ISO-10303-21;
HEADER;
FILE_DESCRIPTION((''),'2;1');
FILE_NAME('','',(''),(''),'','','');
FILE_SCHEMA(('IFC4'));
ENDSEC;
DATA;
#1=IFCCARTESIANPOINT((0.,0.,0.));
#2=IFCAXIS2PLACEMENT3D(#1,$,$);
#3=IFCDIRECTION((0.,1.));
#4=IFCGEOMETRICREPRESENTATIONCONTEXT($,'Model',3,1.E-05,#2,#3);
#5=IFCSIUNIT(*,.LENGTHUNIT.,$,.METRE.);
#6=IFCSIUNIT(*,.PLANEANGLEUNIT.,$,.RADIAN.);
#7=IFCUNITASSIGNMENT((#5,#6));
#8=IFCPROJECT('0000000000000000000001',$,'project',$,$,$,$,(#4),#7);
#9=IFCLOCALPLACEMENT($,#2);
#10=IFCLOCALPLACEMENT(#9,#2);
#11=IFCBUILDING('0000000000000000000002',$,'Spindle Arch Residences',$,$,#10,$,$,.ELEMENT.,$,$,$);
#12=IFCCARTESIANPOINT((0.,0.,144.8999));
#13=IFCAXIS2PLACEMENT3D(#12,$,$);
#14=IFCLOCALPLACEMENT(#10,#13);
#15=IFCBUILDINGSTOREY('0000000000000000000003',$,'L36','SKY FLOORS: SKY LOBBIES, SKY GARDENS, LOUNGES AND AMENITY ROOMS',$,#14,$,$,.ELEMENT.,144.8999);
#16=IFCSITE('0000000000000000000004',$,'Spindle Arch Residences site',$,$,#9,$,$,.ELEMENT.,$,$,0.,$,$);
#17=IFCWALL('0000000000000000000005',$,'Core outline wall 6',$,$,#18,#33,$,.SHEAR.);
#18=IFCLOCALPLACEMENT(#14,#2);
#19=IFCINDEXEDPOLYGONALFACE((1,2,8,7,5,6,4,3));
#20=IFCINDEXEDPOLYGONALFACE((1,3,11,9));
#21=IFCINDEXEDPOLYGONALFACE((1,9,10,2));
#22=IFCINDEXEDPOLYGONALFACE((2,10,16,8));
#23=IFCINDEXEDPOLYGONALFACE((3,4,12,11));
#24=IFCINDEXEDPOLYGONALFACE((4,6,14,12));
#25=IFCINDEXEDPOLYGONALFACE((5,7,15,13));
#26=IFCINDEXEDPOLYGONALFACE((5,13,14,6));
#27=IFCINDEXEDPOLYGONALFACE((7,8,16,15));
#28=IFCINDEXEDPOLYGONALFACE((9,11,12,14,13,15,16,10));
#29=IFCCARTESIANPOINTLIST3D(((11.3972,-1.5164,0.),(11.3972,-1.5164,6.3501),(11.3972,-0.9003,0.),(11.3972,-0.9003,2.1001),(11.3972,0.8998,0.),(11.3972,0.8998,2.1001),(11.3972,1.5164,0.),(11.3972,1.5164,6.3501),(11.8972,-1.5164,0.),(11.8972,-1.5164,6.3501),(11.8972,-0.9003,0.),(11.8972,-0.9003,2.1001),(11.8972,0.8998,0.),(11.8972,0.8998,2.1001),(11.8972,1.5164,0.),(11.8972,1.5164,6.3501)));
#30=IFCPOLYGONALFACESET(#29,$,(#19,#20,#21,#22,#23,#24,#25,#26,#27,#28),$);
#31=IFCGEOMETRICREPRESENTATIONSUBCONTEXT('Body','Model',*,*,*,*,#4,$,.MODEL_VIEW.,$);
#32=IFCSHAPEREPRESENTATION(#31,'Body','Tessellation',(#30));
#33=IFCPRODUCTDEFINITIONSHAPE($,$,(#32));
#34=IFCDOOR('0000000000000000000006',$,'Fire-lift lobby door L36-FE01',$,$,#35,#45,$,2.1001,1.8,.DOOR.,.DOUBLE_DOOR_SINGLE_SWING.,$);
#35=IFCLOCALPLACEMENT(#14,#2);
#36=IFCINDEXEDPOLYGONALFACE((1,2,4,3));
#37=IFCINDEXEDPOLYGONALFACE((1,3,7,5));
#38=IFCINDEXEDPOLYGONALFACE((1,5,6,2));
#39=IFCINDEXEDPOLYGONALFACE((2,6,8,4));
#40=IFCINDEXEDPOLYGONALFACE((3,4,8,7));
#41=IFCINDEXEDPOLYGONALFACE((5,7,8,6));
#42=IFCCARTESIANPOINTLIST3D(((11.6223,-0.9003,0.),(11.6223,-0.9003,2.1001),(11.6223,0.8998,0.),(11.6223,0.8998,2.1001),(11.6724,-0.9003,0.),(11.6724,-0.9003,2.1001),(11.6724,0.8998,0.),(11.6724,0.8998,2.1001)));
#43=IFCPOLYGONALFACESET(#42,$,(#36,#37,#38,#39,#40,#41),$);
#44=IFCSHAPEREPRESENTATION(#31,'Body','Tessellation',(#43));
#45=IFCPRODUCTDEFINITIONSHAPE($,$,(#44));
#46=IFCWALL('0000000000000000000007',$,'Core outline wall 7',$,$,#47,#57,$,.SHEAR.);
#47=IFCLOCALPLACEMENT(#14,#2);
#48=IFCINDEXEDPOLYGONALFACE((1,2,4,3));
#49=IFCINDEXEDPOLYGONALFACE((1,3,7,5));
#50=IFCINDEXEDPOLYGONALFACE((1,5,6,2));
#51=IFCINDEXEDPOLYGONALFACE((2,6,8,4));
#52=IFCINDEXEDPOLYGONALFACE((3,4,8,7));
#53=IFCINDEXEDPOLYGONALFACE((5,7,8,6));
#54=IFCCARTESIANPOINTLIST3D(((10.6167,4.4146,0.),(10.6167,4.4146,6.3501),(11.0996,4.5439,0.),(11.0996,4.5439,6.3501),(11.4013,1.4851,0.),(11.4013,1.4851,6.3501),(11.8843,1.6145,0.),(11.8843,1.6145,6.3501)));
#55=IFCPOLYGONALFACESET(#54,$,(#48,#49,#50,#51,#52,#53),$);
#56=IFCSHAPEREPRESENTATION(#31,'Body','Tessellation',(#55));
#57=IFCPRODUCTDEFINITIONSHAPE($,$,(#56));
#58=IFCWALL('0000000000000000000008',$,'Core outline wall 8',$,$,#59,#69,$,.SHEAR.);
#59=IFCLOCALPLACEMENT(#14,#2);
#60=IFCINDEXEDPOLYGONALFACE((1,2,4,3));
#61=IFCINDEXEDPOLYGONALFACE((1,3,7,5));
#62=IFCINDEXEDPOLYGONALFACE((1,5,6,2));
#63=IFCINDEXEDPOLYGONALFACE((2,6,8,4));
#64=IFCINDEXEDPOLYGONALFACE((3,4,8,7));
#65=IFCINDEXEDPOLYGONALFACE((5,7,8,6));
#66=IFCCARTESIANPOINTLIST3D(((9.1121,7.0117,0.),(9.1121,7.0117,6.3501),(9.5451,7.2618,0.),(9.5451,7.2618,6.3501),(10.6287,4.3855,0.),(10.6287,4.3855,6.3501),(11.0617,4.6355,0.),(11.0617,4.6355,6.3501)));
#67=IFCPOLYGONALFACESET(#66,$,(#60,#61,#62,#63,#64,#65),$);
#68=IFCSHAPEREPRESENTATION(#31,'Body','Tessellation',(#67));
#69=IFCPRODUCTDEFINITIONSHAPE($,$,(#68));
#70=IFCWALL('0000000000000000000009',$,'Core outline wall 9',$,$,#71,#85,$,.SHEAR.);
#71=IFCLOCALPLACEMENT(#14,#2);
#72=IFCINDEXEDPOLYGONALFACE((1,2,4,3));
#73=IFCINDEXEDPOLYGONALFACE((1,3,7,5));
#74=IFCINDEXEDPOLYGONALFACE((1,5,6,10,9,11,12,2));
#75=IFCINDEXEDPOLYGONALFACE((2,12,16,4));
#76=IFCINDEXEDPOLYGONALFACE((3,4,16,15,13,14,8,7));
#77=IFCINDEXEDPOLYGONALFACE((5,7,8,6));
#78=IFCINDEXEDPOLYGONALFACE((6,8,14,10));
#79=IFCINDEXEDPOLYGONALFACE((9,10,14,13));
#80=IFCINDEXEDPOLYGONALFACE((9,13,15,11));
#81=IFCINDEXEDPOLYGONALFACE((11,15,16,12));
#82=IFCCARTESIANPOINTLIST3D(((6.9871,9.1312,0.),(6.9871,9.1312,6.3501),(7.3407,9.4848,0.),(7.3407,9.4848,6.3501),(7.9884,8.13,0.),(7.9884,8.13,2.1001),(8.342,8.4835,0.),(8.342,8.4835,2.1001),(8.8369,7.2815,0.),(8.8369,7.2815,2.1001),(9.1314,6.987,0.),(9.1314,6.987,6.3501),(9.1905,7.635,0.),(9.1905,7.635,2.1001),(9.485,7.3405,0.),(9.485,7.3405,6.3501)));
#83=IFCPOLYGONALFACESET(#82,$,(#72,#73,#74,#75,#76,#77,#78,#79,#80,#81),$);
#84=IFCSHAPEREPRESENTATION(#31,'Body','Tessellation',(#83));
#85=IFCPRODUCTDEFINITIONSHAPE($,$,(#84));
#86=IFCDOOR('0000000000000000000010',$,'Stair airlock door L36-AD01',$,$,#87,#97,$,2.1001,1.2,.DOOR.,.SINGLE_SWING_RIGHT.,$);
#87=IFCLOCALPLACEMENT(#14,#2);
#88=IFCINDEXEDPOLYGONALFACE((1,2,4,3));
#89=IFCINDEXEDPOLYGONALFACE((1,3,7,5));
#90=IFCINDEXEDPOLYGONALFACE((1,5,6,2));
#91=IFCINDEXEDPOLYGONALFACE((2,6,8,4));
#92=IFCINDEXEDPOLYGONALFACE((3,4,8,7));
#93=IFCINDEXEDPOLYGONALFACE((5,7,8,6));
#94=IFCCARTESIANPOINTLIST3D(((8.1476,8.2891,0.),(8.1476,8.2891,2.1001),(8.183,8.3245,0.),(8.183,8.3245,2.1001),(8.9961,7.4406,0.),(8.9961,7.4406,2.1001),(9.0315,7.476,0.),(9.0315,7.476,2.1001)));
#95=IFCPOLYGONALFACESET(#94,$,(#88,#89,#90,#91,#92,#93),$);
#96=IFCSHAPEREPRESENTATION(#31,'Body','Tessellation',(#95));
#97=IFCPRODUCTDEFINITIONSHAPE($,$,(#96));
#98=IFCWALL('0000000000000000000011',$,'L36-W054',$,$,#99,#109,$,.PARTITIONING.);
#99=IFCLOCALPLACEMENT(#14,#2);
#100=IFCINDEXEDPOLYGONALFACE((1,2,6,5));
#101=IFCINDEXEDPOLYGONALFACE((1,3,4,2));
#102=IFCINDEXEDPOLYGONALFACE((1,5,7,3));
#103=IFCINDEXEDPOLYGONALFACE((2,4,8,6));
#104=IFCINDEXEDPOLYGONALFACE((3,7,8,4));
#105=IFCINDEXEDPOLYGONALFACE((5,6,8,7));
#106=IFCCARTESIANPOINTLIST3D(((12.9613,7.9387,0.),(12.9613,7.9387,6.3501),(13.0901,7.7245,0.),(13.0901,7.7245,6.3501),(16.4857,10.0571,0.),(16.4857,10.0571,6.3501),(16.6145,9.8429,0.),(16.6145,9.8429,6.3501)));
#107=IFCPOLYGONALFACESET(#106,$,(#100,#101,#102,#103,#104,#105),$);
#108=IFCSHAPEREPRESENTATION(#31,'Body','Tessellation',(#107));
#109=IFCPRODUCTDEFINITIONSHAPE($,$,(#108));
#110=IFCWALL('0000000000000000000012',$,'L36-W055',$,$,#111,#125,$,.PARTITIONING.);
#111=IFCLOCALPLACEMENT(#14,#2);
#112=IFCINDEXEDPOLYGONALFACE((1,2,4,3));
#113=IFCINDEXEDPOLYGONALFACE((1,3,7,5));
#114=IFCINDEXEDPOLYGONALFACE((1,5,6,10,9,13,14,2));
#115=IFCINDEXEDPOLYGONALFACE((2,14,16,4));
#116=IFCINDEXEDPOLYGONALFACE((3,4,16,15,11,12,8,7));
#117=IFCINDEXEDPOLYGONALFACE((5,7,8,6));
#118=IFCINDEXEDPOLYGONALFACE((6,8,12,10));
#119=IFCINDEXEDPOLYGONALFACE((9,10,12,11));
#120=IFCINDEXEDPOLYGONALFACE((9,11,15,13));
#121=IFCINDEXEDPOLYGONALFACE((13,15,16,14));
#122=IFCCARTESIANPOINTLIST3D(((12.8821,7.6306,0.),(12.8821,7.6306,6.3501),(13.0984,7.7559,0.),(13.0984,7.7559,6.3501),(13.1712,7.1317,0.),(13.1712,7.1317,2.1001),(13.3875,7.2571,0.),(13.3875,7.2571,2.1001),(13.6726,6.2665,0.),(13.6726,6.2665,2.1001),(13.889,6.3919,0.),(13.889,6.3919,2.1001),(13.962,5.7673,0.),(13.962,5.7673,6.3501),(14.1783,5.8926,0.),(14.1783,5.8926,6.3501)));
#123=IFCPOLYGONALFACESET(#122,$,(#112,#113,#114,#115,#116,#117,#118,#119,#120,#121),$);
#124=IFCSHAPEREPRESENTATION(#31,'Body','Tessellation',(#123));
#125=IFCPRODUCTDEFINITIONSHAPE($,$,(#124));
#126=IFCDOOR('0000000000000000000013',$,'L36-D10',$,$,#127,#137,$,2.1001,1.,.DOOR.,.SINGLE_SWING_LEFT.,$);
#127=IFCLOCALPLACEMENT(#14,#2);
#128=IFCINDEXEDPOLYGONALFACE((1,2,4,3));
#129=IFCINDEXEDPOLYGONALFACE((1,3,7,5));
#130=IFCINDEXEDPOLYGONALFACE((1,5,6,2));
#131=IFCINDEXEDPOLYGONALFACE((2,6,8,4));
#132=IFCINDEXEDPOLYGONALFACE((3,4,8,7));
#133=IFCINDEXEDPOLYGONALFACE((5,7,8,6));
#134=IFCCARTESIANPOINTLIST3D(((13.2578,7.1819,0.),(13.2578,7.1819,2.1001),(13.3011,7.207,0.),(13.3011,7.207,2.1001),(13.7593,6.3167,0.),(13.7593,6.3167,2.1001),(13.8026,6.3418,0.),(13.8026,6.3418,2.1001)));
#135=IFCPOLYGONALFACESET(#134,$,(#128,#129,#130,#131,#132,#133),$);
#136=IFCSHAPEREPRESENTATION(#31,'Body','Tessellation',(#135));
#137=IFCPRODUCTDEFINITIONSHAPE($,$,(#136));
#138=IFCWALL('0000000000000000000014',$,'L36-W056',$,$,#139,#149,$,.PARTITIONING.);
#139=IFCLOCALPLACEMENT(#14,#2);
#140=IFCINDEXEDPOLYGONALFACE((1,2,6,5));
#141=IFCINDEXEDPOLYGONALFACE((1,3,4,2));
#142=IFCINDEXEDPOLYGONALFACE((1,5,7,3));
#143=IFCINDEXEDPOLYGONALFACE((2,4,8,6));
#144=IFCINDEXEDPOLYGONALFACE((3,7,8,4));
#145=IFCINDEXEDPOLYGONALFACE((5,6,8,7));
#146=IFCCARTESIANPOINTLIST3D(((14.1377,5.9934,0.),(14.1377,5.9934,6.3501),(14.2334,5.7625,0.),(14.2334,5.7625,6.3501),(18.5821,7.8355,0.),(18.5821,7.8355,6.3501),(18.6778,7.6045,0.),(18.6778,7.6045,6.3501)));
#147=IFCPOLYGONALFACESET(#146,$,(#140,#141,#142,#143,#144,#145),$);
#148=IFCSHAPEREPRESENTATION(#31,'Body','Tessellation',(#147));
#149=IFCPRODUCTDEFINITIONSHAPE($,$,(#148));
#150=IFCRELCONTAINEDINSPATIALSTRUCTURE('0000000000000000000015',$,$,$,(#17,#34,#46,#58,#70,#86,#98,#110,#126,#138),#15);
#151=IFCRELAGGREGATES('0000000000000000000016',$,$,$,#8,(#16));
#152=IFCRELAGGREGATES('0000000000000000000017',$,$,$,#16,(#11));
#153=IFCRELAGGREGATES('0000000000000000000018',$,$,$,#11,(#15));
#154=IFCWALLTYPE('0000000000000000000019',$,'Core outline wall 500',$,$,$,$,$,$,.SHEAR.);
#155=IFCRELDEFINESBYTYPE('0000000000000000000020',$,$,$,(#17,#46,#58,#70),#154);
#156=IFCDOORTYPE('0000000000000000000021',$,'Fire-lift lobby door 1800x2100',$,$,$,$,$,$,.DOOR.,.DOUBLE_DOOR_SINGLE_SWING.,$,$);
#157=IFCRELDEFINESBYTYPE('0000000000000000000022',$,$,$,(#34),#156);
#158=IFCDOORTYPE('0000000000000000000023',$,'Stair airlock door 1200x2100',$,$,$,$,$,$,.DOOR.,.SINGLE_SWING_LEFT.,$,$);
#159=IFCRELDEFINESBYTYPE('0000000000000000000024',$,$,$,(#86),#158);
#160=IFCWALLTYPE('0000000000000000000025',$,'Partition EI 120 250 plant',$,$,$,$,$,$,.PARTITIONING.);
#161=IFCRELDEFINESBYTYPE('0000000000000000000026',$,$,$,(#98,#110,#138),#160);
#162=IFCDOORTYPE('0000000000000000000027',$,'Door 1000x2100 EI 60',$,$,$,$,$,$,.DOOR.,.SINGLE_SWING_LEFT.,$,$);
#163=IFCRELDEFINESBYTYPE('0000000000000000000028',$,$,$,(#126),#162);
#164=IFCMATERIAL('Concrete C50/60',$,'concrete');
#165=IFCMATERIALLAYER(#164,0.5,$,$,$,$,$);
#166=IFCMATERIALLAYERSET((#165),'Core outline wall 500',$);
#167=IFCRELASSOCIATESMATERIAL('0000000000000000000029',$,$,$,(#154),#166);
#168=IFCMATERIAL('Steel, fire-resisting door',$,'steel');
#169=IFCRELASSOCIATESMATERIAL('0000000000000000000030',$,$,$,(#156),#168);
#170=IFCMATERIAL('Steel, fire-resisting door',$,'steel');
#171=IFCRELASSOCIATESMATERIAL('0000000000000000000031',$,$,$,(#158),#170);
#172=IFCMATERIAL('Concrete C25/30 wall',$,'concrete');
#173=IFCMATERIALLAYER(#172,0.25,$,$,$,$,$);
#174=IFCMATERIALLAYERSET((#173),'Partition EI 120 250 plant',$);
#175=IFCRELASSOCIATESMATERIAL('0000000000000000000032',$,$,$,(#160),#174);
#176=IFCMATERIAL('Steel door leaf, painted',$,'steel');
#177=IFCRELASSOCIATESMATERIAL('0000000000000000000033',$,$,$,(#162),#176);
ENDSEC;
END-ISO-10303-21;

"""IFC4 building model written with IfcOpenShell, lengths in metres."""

from ifc_helpers import new_model, si_unit, direction, frame, frame_2d, origin, place, context, subcontext, project, spatial, rectangle, extrude, material, layer, layer_set, type_object, element, fill, save


model = new_model("IFC4")

# Units and contexts
model_context = context("Model", 3, precision=1e-05, world=origin(), true_north=direction((0.0, 1.0)))
body_context = subcontext(model_context, "Body", "Model", "MODEL_VIEW")
ifc_project = project(units=[si_unit("LENGTHUNIT", "METRE"), si_unit("PLANEANGLEUNIT", "RADIAN")], contexts=[model_context])

# Site, building, storey
site_placement = place(None, origin())
site = spatial("IfcSite", under=ifc_project, at=site_placement, Name="Spindle Arch Residences site", CompositionType="ELEMENT", RefElevation=0.0)
building_placement = place(site_placement, origin())
building = spatial("IfcBuilding", under=site, at=building_placement, Name="Spindle Arch Residences", CompositionType="ELEMENT")
storey_placement = place(building_placement, frame((0.0, 0.0, 144.8999)))
storey = spatial("IfcBuildingStorey", under=building, at=storey_placement, Name="L36", Description="SKY FLOORS: SKY LOBBIES, SKY GARDENS, LOUNGES AND AMENITY ROOMS", CompositionType="ELEMENT", Elevation=144.8999)

# Wall, opening, door
ifc_material_1 = material(Name="Concrete C50/60", Category="concrete")
ifc_layer_1 = layer(ifc_material_1, 0.5)
ifc_layer_set_1 = layer_set([ifc_layer_1], Name="Core outline wall 500")
wall_type_1 = type_object("IfcWallType", Name="Core outline wall 500", PredefinedType="SHEAR", material=ifc_layer_set_1)
wall_1_placement = place(storey_placement, frame((11.6472, -1.5164, 0.0), z_axis=(0.0, 0.0, 1.0), x_axis=(0.0, 1.0, 0.0)))
wall_1 = element("IfcWall", 1, at=wall_1_placement, inside=storey, type_object=wall_type_1, Name="Core outline wall 6", PredefinedType="SHEAR", context=body_context, shape_type="SweptSolid", body=[
    extrude(rectangle(XDim=3.0327, YDim=0.5, at=frame_2d((1.5164, 0.0))), origin(), (0.0, 0.0, 1.0), 6.3501),
])
opening_1_placement = place(wall_1_placement, frame((0.6162, 0.0, 0.0)))
opening_1 = element("IfcOpeningElement", 2, at=opening_1_placement, cuts=wall_1, PredefinedType="OPENING", context=body_context, shape_type="SweptSolid", body=[
    extrude(rectangle(XDim=1.8, YDim=2.1001, at=frame_2d((0.8999, 1.05))), frame((0.0, 0.26, 0.0), z_axis=(0.0, -1.0, 0.0), x_axis=(1.0, 0.0, 0.0)), (0.0, 0.0, 1.0), 0.52),
])
ifc_material_2 = material(Name="Steel, fire-resisting door", Category="steel")
door_type_1 = type_object("IfcDoorType", Name="Fire-lift lobby door 1800x2100", OperationType="DOUBLE_DOOR_SINGLE_SWING", PredefinedType="DOOR", material=ifc_material_2)
door_1_placement = place(opening_1_placement, origin())
door_1 = element("IfcDoor", 3, at=door_1_placement, inside=storey, type_object=door_type_1, Name="Fire-lift lobby door L36-FE01", OperationType="DOUBLE_DOOR_SINGLE_SWING", OverallHeight=2.1001, OverallWidth=1.8, PredefinedType="DOOR", context=body_context, shape_type="SweptSolid", body=[
    extrude(rectangle(XDim=1.8, YDim=2.1001, at=frame_2d((0.8999, 1.05))), frame((0.0, 0.0249, 0.0), z_axis=(0.0, -1.0, 0.0), x_axis=(1.0, 0.0, 0.0)), (0.0, 0.0, 1.0), 0.05),
])
fill(opening_1, door_1)

# Walls
for number, where, z_axis, x_axis, name in (
    (4, (11.6428, 1.5498, 0.0), (0.0, 0.0, 1.0), (-0.258735, 0.965948, 0.0), "Core outline wall 7"),
    (5, (10.8452, 4.5105, 0.0), (0.0, 0.0, 1.0), (-0.500087, 0.865975, 0.0), "Core outline wall 8"),
):
    element("IfcWall", number, at=place(storey_placement, frame(where, z_axis=z_axis, x_axis=x_axis)), inside=storey, type_object=wall_type_1, Name=name, PredefinedType="SHEAR", context=body_context, shape_type="SweptSolid", body=[
        extrude(rectangle(XDim=3.0327, YDim=0.5, at=frame_2d((1.5164, 0.0))), origin(), (0.0, 0.0, 1.0), 6.3501),
    ])

# Wall, opening, door
wall_2_placement = place(storey_placement, frame((9.3081, 7.1638, 0.0), z_axis=(0.0, 0.0, 1.0), x_axis=(-0.707107, 0.707107, 0.0)))
wall_2 = element("IfcWall", 6, at=wall_2_placement, inside=storey, type_object=wall_type_1, Name="Core outline wall 9", PredefinedType="SHEAR", context=body_context, shape_type="SweptSolid", body=[
    extrude(rectangle(XDim=3.0325, YDim=0.5, at=frame_2d((1.5161, 0.0))), origin(), (0.0, 0.0, 1.0), 6.3501),
])
opening_2_placement = place(wall_2_placement, frame((0.4163, 0.0, 0.0)))
opening_2 = element("IfcOpeningElement", 7, at=opening_2_placement, cuts=wall_2, PredefinedType="OPENING", context=body_context, shape_type="SweptSolid", body=[
    extrude(rectangle(XDim=1.2, YDim=2.1001, at=frame_2d((0.6001, 1.05))), frame((0.0, 0.26, 0.0), z_axis=(0.0, -1.0, 0.0), x_axis=(1.0, 0.0, 0.0)), (0.0, 0.0, 1.0), 0.52),
])
ifc_material_3 = material(Name="Steel, fire-resisting door", Category="steel")
door_type_2 = type_object("IfcDoorType", Name="Stair airlock door 1200x2100", OperationType="SINGLE_SWING_LEFT", PredefinedType="DOOR", material=ifc_material_3)
door_2_placement = place(opening_2_placement, origin())
door_2 = element("IfcDoor", 8, at=door_2_placement, inside=storey, type_object=door_type_2, Name="Stair airlock door L36-AD01", OperationType="SINGLE_SWING_RIGHT", OverallHeight=2.1001, OverallWidth=1.2, PredefinedType="DOOR", context=body_context, shape_type="SweptSolid", body=[
    extrude(rectangle(XDim=1.2, YDim=2.1001, at=frame_2d((0.6001, 1.05))), frame((0.0, 0.0249, 0.0), z_axis=(0.0, -1.0, 0.0), x_axis=(1.0, 0.0, 0.0)), (0.0, 0.0, 1.0), 0.05),
])
fill(opening_2, door_2)

# Wall
ifc_material_4 = material(Name="Concrete C25/30 wall", Category="concrete")
ifc_layer_2 = layer(ifc_material_4, 0.25)
ifc_layer_set_2 = layer_set([ifc_layer_2], Name="Partition EI 120 250 plant")
wall_type_2 = type_object("IfcWallType", Name="Partition EI 120 250 plant", PredefinedType="PARTITIONING", material=ifc_layer_set_2)
wall_3_placement = place(storey_placement, frame((13.0256, 7.8315, 0.0), z_axis=(0.0, 0.0, 1.0), x_axis=(0.857089, 0.515168, 0.0)))
element("IfcWall", 9, at=wall_3_placement, inside=storey, type_object=wall_type_2, Name="L36-W054", PredefinedType="PARTITIONING", context=body_context, shape_type="SweptSolid", body=[
    extrude(rectangle(XDim=4.1121, YDim=0.25, at=frame_2d((2.0562, 0.0))), origin(), (0.0, 0.0, 1.0), 6.3501),
])

# Wall, opening, door
wall_4_placement = place(storey_placement, frame((14.0701, 5.8301, 0.0), z_axis=(0.0, 0.0, 1.0), x_axis=(-0.501416, 0.865206, 0.0)))
wall_4 = element("IfcWall", 10, at=wall_4_placement, inside=storey, type_object=wall_type_2, Name="L36-W055", PredefinedType="PARTITIONING", context=body_context, shape_type="SweptSolid", body=[
    extrude(rectangle(XDim=2.1536, YDim=0.25, at=frame_2d((1.0767, 0.0))), origin(), (0.0, 0.0, 1.0), 6.3501),
])
opening_3_placement = place(wall_4_placement, frame((0.5769, 0.0, 0.0)))
opening_3 = element("IfcOpeningElement", 11, at=opening_3_placement, cuts=wall_4, PredefinedType="OPENING", context=body_context, shape_type="SweptSolid", body=[
    extrude(rectangle(XDim=1.0, YDim=2.1001, at=frame_2d((0.5, 1.05))), frame((0.0, 0.135, 0.0), z_axis=(0.0, -1.0, 0.0), x_axis=(1.0, 0.0, 0.0)), (0.0, 0.0, 1.0), 0.27),
])
ifc_material_5 = material(Name="Steel door leaf, painted", Category="steel")
door_type_3 = type_object("IfcDoorType", Name="Door 1000x2100 EI 60", OperationType="SINGLE_SWING_LEFT", PredefinedType="DOOR", material=ifc_material_5)
door_3_placement = place(opening_3_placement, origin())
door_3 = element("IfcDoor", 12, at=door_3_placement, inside=storey, type_object=door_type_3, Name="L36-D10", OperationType="SINGLE_SWING_LEFT", OverallHeight=2.1001, OverallWidth=1.0, PredefinedType="DOOR", context=body_context, shape_type="SweptSolid", body=[
    extrude(rectangle(XDim=1.0, YDim=2.1001, at=frame_2d((0.5, 1.05))), frame((0.0, 0.0249, 0.0), z_axis=(0.0, -1.0, 0.0), x_axis=(1.0, 0.0, 0.0)), (0.0, 0.0, 1.0), 0.05),
])
fill(opening_3, door_3)

# Wall
wall_5_placement = place(storey_placement, frame((14.1855, 5.8779, 0.0), z_axis=(0.0, 0.0, 1.0), x_axis=(0.923796, 0.382885, 0.0)))
element("IfcWall", 13, at=wall_5_placement, inside=storey, type_object=wall_type_2, Name="L36-W056", PredefinedType="PARTITIONING", context=body_context, shape_type="SweptSolid", body=[
    extrude(rectangle(XDim=4.811, YDim=0.25, at=frame_2d((2.4055, 0.0))), origin(), (0.0, 0.0, 1.0), 6.3501),
])

save(model, "model.ifc")
